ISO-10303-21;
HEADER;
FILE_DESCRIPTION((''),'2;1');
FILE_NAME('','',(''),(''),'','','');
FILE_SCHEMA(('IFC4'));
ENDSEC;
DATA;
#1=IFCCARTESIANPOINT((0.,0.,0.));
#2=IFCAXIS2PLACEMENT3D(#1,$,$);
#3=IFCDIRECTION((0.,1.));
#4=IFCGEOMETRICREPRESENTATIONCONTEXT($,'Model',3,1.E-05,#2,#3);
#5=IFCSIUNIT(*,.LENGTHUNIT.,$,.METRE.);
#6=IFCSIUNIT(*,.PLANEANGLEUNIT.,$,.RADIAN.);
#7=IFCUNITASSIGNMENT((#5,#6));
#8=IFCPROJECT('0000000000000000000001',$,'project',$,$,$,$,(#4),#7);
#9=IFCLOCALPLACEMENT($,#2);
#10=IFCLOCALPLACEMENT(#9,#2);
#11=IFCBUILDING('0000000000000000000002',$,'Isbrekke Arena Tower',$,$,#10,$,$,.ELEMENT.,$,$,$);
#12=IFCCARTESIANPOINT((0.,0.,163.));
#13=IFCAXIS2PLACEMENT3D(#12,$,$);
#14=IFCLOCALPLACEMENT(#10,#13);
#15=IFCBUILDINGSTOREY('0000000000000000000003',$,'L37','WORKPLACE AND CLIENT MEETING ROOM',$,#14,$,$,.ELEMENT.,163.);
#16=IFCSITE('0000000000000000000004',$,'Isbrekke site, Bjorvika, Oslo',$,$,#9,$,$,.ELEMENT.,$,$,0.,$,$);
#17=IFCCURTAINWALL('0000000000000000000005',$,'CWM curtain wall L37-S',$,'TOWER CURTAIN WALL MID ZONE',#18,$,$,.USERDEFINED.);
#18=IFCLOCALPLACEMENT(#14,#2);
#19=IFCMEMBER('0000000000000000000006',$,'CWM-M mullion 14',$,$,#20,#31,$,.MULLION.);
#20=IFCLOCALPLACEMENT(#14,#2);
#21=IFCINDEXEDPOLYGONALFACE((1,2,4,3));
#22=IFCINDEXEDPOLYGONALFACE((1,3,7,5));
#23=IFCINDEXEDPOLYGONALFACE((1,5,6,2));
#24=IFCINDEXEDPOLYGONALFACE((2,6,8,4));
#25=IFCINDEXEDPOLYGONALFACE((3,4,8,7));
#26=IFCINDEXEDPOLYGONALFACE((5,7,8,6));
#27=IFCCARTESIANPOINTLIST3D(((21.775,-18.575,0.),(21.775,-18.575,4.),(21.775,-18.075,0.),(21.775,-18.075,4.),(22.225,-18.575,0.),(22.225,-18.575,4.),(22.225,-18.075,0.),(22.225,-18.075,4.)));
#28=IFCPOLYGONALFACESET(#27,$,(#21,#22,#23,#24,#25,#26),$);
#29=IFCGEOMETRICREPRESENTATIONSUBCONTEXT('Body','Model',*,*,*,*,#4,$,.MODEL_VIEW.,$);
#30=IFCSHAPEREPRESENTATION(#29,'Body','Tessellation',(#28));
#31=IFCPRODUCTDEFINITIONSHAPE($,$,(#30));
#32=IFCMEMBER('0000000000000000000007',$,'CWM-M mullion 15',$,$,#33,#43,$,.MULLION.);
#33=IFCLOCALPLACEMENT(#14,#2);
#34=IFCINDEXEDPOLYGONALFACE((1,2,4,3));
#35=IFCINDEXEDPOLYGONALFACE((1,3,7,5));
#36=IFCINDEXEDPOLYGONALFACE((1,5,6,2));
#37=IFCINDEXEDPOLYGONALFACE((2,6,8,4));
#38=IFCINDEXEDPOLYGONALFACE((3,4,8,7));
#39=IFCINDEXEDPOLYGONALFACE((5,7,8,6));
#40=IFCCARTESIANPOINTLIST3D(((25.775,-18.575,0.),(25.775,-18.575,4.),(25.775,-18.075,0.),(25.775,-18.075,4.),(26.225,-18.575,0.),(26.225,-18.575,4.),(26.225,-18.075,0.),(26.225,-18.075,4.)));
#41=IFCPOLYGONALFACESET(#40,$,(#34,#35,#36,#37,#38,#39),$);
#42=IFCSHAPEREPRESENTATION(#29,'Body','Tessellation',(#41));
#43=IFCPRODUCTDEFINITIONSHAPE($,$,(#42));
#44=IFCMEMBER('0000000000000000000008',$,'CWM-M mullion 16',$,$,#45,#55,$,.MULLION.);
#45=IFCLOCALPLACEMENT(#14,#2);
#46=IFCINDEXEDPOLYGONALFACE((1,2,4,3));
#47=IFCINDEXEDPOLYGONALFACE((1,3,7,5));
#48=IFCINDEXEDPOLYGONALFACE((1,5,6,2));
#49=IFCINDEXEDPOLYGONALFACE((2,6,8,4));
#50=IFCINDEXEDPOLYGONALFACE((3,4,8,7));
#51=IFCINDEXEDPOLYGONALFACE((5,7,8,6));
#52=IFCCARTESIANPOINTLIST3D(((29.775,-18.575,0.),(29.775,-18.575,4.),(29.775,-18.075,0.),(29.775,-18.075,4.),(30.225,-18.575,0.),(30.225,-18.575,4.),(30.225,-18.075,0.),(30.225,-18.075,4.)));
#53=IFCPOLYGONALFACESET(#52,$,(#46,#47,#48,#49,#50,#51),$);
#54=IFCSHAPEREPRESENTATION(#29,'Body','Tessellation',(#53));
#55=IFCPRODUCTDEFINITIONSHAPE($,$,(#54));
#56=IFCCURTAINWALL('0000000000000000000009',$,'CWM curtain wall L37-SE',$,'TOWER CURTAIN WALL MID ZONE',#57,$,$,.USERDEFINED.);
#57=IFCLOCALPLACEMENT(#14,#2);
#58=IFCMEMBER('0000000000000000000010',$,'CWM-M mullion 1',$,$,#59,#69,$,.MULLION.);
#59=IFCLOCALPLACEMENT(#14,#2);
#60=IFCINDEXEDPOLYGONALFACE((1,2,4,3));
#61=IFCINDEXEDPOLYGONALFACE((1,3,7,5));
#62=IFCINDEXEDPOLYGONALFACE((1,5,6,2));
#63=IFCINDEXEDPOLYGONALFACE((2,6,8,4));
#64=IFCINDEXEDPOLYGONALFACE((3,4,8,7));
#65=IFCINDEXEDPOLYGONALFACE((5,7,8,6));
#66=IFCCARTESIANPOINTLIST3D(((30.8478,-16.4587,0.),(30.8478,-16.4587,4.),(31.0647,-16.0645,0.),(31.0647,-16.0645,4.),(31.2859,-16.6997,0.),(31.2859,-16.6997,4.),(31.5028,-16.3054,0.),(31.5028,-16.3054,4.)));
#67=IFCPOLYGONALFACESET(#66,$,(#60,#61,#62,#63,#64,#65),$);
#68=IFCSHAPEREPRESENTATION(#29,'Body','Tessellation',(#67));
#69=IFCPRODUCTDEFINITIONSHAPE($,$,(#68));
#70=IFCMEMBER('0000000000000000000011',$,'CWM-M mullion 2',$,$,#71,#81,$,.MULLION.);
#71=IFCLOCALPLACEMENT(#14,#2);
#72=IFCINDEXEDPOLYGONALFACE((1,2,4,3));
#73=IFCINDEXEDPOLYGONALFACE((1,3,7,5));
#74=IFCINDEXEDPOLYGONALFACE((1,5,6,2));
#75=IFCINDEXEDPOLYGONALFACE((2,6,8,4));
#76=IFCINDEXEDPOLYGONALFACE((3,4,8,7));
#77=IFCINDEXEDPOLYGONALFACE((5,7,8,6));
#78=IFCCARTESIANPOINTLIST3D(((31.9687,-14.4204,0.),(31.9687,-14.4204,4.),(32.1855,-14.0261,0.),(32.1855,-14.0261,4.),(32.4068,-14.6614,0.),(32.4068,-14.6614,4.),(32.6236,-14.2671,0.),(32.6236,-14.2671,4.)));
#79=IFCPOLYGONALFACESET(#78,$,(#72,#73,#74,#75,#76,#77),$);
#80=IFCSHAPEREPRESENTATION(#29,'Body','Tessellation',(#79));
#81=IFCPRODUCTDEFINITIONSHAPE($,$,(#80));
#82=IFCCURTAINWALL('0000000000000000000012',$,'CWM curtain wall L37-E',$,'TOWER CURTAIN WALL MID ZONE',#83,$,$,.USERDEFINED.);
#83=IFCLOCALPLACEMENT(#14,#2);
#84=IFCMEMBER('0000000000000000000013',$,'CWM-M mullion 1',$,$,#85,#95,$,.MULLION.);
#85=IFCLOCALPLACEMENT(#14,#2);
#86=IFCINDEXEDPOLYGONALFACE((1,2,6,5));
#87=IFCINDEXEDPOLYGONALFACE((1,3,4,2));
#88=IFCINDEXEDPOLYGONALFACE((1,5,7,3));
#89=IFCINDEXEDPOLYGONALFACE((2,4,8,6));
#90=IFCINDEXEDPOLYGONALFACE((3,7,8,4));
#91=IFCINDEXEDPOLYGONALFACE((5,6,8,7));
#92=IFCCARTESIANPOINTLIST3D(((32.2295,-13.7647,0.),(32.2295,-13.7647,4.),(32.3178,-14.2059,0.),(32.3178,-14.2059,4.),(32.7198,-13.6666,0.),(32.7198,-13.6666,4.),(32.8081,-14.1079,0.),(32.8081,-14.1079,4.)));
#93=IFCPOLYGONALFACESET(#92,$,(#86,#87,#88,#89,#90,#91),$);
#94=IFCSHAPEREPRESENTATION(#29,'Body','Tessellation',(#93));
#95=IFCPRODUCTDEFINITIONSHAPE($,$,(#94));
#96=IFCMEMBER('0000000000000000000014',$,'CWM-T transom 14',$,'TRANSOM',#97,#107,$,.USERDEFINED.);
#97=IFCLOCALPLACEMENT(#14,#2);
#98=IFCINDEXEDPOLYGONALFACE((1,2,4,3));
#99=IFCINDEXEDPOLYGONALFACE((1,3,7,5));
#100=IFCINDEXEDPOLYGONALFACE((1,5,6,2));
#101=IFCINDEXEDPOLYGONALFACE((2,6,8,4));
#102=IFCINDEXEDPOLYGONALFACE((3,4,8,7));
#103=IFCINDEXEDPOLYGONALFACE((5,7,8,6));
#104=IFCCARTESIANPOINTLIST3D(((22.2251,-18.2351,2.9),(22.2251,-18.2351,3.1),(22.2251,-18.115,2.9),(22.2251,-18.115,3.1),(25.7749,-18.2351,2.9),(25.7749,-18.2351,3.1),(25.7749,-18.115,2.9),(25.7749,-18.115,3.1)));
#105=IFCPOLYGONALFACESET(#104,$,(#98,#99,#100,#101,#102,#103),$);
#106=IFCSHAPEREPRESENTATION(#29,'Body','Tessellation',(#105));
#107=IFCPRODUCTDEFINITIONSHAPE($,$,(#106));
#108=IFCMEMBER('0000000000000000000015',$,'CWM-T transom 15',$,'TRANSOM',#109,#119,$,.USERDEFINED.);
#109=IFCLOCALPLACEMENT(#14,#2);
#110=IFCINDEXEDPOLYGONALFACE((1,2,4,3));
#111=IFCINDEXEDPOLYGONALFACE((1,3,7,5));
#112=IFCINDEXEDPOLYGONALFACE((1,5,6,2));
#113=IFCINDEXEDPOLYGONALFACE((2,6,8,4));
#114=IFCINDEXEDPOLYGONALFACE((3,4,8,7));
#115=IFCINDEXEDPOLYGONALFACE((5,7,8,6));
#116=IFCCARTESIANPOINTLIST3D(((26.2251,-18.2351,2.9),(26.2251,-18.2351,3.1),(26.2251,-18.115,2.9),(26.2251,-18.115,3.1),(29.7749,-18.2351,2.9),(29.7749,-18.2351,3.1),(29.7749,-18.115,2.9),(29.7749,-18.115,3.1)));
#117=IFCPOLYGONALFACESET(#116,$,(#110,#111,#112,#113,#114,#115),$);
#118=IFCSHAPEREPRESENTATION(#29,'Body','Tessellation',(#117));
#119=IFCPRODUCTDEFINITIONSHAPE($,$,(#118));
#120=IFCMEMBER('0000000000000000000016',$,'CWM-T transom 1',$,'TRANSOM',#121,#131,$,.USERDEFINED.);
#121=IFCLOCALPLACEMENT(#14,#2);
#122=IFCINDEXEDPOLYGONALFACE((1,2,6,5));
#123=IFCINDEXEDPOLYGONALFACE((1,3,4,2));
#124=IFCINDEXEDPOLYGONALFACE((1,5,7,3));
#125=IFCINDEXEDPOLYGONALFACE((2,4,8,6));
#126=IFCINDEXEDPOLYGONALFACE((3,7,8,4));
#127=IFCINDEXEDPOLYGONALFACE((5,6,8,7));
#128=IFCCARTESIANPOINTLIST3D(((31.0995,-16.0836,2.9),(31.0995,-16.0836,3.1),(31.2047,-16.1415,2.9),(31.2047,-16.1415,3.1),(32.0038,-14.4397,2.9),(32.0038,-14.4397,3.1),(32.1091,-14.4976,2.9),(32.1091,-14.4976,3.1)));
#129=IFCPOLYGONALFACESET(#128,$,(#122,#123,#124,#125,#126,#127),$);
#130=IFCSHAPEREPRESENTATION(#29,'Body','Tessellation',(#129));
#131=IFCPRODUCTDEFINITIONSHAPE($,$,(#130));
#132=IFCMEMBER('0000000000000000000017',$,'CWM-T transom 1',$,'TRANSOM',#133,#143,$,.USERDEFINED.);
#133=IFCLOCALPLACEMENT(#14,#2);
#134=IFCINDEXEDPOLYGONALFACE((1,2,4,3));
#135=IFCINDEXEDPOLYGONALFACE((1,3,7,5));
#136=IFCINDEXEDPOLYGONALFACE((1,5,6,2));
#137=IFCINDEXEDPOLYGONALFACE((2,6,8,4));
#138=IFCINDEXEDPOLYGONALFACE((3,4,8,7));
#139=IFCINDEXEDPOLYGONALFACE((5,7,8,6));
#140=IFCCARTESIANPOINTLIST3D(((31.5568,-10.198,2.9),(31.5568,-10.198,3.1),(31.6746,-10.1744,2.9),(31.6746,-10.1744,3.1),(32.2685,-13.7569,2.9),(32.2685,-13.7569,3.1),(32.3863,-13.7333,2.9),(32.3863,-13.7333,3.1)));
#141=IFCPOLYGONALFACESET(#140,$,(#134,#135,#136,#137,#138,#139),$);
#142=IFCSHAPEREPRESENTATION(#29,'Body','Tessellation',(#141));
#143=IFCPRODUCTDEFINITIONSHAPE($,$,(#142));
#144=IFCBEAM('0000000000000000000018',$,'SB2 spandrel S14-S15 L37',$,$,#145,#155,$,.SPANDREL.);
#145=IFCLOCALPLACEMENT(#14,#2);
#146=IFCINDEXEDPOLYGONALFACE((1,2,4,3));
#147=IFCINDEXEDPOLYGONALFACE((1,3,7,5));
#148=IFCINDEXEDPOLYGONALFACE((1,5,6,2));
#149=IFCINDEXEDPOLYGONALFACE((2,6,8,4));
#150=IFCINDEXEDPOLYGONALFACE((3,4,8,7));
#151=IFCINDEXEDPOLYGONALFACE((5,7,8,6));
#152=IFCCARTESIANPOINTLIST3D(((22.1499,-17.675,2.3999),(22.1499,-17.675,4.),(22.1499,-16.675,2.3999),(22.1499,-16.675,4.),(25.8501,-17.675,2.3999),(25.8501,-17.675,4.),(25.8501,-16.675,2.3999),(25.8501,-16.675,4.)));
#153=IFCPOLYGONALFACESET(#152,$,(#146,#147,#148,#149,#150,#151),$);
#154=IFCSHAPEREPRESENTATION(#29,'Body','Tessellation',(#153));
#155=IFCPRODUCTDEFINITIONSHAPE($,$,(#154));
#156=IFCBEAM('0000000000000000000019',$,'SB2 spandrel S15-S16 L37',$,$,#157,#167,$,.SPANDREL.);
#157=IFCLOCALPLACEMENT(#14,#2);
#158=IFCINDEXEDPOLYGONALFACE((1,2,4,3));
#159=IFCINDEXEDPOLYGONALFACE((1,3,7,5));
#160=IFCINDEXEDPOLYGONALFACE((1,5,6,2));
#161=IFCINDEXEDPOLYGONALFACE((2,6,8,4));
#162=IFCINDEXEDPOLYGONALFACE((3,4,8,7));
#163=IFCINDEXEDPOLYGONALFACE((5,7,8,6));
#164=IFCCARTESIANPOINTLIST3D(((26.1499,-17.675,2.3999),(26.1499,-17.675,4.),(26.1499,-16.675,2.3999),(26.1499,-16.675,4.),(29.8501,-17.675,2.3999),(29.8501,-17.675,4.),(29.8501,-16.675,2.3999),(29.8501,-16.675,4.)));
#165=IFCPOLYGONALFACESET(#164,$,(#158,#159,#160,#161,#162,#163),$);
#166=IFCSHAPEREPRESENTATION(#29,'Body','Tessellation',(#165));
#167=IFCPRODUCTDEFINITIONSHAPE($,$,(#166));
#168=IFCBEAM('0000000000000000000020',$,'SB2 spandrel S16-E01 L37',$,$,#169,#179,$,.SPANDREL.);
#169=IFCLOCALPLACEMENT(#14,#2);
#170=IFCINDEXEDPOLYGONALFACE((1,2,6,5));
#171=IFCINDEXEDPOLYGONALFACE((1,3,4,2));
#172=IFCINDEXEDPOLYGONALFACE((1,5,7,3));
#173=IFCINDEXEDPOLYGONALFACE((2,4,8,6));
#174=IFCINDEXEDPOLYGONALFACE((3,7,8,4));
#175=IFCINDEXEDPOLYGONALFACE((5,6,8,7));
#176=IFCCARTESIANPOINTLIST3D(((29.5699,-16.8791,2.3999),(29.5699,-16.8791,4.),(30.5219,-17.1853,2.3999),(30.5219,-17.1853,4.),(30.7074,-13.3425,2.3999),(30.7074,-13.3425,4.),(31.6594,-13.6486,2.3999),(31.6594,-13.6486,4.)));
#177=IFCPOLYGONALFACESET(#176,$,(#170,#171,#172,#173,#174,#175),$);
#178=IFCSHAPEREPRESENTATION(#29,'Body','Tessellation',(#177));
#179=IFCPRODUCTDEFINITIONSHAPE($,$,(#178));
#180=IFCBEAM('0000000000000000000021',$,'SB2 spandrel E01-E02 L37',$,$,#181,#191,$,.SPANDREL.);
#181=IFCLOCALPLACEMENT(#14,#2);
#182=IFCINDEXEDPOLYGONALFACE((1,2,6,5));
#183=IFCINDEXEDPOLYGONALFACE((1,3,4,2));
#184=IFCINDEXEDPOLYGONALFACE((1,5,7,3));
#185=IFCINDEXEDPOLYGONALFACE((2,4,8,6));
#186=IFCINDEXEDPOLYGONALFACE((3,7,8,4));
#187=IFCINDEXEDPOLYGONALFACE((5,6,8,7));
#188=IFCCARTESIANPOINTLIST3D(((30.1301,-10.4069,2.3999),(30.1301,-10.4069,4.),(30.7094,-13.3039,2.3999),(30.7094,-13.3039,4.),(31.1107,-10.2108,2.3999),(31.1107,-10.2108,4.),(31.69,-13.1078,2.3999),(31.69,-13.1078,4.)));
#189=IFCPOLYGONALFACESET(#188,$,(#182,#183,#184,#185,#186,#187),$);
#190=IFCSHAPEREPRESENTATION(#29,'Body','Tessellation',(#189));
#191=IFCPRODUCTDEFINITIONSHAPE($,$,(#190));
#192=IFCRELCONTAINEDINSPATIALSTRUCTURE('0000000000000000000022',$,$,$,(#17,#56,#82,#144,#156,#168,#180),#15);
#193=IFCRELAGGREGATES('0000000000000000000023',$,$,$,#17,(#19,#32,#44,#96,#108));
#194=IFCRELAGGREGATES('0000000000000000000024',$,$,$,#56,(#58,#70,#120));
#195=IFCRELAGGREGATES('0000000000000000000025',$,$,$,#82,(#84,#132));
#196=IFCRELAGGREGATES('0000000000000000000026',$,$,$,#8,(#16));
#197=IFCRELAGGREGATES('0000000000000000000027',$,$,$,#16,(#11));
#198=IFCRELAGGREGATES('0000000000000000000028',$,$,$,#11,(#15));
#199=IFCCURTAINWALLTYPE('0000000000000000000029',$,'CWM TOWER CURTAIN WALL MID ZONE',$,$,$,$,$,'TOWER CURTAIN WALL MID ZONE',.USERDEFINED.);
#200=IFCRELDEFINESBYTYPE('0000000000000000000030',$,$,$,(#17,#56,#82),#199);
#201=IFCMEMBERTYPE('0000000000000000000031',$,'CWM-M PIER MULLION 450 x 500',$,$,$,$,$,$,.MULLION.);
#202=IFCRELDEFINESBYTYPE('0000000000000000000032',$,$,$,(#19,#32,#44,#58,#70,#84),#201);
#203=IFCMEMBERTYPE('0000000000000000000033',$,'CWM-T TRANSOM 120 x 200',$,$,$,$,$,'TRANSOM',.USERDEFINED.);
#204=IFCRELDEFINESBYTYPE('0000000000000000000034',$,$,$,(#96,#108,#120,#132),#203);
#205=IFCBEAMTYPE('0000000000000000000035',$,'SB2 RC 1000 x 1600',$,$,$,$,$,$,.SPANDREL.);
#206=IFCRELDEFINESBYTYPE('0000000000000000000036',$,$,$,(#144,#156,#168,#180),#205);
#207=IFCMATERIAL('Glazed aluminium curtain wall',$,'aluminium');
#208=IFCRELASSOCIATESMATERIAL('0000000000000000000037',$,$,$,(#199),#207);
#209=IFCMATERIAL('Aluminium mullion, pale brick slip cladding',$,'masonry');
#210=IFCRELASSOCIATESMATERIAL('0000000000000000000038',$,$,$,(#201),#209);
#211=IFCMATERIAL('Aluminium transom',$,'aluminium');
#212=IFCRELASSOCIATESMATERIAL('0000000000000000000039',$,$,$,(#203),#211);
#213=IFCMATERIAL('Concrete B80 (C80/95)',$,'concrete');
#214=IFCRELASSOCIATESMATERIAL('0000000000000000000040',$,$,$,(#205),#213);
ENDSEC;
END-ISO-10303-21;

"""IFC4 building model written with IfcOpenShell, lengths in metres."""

from ifc_helpers import new_model, si_unit, direction, frame, origin, origin_2d, place, context, subcontext, project, spatial, rectangle, extrude, material, material_profile, profile_set, type_object, element, aggregate, save


model = new_model("IFC4")

# Units and contexts
model_context = context("Model", 3, precision=1e-05, world=origin(), true_north=direction((0.0, 1.0)))
body_context = subcontext(model_context, "Body", "Model", "MODEL_VIEW")
ifc_project = project(units=[si_unit("LENGTHUNIT", "METRE"), si_unit("PLANEANGLEUNIT", "RADIAN")], contexts=[model_context])

# Site, building, storey
site_placement = place(None, origin())
site = spatial("IfcSite", under=ifc_project, at=site_placement, Name="Isbrekke site, Bjorvika, Oslo", CompositionType="ELEMENT", RefElevation=0.0)
building_placement = place(site_placement, origin())
building = spatial("IfcBuilding", under=site, at=building_placement, Name="Isbrekke Arena Tower", CompositionType="ELEMENT")
storey_placement = place(building_placement, frame((0.0, 0.0, 163.0)))
storey = spatial("IfcBuildingStorey", under=building, at=storey_placement, Name="L37", Description="WORKPLACE AND CLIENT MEETING ROOM", CompositionType="ELEMENT", Elevation=163.0)

# Curtain walls, members
ifc_material_1 = material(Name="Glazed aluminium curtain wall", Category="aluminium")
curtain_wall_type = type_object("IfcCurtainWallType", Name="CWM TOWER CURTAIN WALL MID ZONE", ElementType="TOWER CURTAIN WALL MID ZONE", PredefinedType="USERDEFINED", material=ifc_material_1)
curtain_wall_1_placement = place(storey_placement, origin())
curtain_wall_1 = element("IfcCurtainWall", 1, at=curtain_wall_1_placement, inside=storey, type_object=curtain_wall_type, Name="CWM curtain wall L37-S", ObjectType="TOWER CURTAIN WALL MID ZONE", PredefinedType="USERDEFINED")
ifc_material_2 = material(Name="Aluminium mullion, pale brick slip cladding", Category="masonry")
ifc_material_profile_1 = material_profile(ifc_material_2, rectangle(XDim=0.45, YDim=0.5, at=origin_2d()), Name="PIER 450X500")
ifc_profile_set_1 = profile_set([ifc_material_profile_1], Name="Aluminium mullion, pale brick slip cladding")
member_type_1 = type_object("IfcMemberType", Name="CWM-M PIER MULLION 450 x 500", PredefinedType="MULLION", material=ifc_profile_set_1)
member_1_placement = place(storey_placement, frame((22.0, -18.325, 0.0), z_axis=(0.0, 0.0, 1.0), x_axis=(1.0, 0.0, 0.0)))
member_1 = element("IfcMember", 2, at=member_1_placement, type_object=member_type_1, Name="CWM-M mullion 14", PredefinedType="MULLION", context=body_context, shape_type="SweptSolid", body=[
    extrude(rectangle(XDim=0.45, YDim=0.5, at=origin_2d()), origin(), (0.0, 0.0, 1.0), 4.0),
])
member_2_placement = place(storey_placement, frame((26.0, -18.325, 0.0), z_axis=(0.0, 0.0, 1.0), x_axis=(1.0, 0.0, 0.0)))
member_2 = element("IfcMember", 3, at=member_2_placement, type_object=member_type_1, Name="CWM-M mullion 15", PredefinedType="MULLION", context=body_context, shape_type="SweptSolid", body=[
    extrude(rectangle(XDim=0.45, YDim=0.5, at=origin_2d()), origin(), (0.0, 0.0, 1.0), 4.0),
])
member_3_placement = place(storey_placement, frame((30.0, -18.325, 0.0), z_axis=(0.0, 0.0, 1.0), x_axis=(1.0, 0.0, 0.0)))
member_3 = element("IfcMember", 4, at=member_3_placement, type_object=member_type_1, Name="CWM-M mullion 16", PredefinedType="MULLION", context=body_context, shape_type="SweptSolid", body=[
    extrude(rectangle(XDim=0.45, YDim=0.5, at=origin_2d()), origin(), (0.0, 0.0, 1.0), 4.0),
])
curtain_wall_2_placement = place(storey_placement, origin())
curtain_wall_2 = element("IfcCurtainWall", 5, at=curtain_wall_2_placement, inside=storey, type_object=curtain_wall_type, Name="CWM curtain wall L37-SE", ObjectType="TOWER CURTAIN WALL MID ZONE", PredefinedType="USERDEFINED")
member_4_placement = place(storey_placement, frame((31.1753, -16.3821, 0.0), z_axis=(0.0, 0.0, 1.0), x_axis=(0.481919, 0.876216, 0.0)))
member_4 = element("IfcMember", 6, at=member_4_placement, type_object=member_type_1, Name="CWM-M mullion 1", PredefinedType="MULLION", context=body_context, shape_type="SweptSolid", body=[
    extrude(rectangle(XDim=0.45, YDim=0.5, at=origin_2d()), origin(), (0.0, 0.0, 1.0), 4.0),
])
member_5_placement = place(storey_placement, frame((32.2961, -14.3438, 0.0), z_axis=(0.0, 0.0, 1.0), x_axis=(0.481919, 0.876216, 0.0)))
member_5 = element("IfcMember", 7, at=member_5_placement, type_object=member_type_1, Name="CWM-M mullion 2", PredefinedType="MULLION", context=body_context, shape_type="SweptSolid", body=[
    extrude(rectangle(XDim=0.45, YDim=0.5, at=origin_2d()), origin(), (0.0, 0.0, 1.0), 4.0),
])

# Curtain wall, member
curtain_wall_3_placement = place(storey_placement, origin())
curtain_wall_3 = element("IfcCurtainWall", 8, at=curtain_wall_3_placement, inside=storey, type_object=curtain_wall_type, Name="CWM curtain wall L37-E", ObjectType="TOWER CURTAIN WALL MID ZONE", PredefinedType="USERDEFINED")
member_6_placement = place(storey_placement, frame((32.5188, -13.9363, 0.0), z_axis=(0.0, 0.0, 1.0), x_axis=(-0.196116, 0.980581, 0.0)))
member_6 = element("IfcMember", 9, at=member_6_placement, type_object=member_type_1, Name="CWM-M mullion 1", PredefinedType="MULLION", context=body_context, shape_type="SweptSolid", body=[
    extrude(rectangle(XDim=0.45, YDim=0.5, at=origin_2d()), origin(), (0.0, 0.0, 1.0), 4.0),
])

# Members
ifc_material_3 = material(Name="Aluminium transom", Category="aluminium")
ifc_material_profile_2 = material_profile(ifc_material_3, rectangle(XDim=0.1201, YDim=0.2, at=origin_2d()), Name="TRANSOM 120X200")
ifc_profile_set_2 = profile_set([ifc_material_profile_2], Name="Aluminium transom")
member_type_2 = type_object("IfcMemberType", Name="CWM-T TRANSOM 120 x 200", ElementType="TRANSOM", PredefinedType="USERDEFINED", material=ifc_profile_set_2)
member_7_placement = place(storey_placement, frame((22.2251, -18.175, 3.0), z_axis=(1.0, 0.0, 0.0), x_axis=(0.0, 1.0, 0.0)))
member_7 = element("IfcMember", 10, at=member_7_placement, type_object=member_type_2, Name="CWM-T transom 14", ObjectType="TRANSOM", PredefinedType="USERDEFINED", context=body_context, shape_type="SweptSolid", body=[
    extrude(rectangle(XDim=0.1201, YDim=0.2, at=origin_2d()), origin(), (0.0, 0.0, 1.0), 3.5498),
])
member_8_placement = place(storey_placement, frame((26.2251, -18.175, 3.0), z_axis=(1.0, 0.0, 0.0), x_axis=(0.0, 1.0, 0.0)))
member_8 = element("IfcMember", 11, at=member_8_placement, type_object=member_type_2, Name="CWM-T transom 15", ObjectType="TRANSOM", PredefinedType="USERDEFINED", context=body_context, shape_type="SweptSolid", body=[
    extrude(rectangle(XDim=0.1201, YDim=0.2, at=origin_2d()), origin(), (0.0, 0.0, 1.0), 3.5498),
])
member_9_placement = place(storey_placement, frame((31.1521, -16.1125, 3.0), z_axis=(0.482004, 0.876169, 0.0), x_axis=(-0.876169, 0.482004, 0.0)))
member_9 = element("IfcMember", 12, at=member_9_placement, type_object=member_type_2, Name="CWM-T transom 1", ObjectType="TRANSOM", PredefinedType="USERDEFINED", context=body_context, shape_type="SweptSolid", body=[
    extrude(rectangle(XDim=0.1201, YDim=0.2, at=origin_2d()), origin(), (0.0, 0.0, 1.0), 1.8762),
])
member_10_placement = place(storey_placement, frame((32.3274, -13.7451, 3.0), z_axis=(-0.19609, 0.980586, 0.0), x_axis=(-0.980586, -0.19609, 0.0)))
member_10 = element("IfcMember", 13, at=member_10_placement, type_object=member_type_2, Name="CWM-T transom 1", ObjectType="TRANSOM", PredefinedType="USERDEFINED", context=body_context, shape_type="SweptSolid", body=[
    extrude(rectangle(XDim=0.1201, YDim=0.2, at=origin_2d()), origin(), (0.0, 0.0, 1.0), 3.6294),
])

# Beams
ifc_material_4 = material(Name="Concrete B80 (C80/95)", Category="concrete")
ifc_material_profile_3 = material_profile(ifc_material_4, rectangle(XDim=1.0, YDim=1.6001, at=origin_2d()), Name="RC 1000x1600")
ifc_profile_set_3 = profile_set([ifc_material_profile_3], Name="Concrete B80 (C80/95)")
beam_type_1 = type_object("IfcBeamType", Name="SB2 RC 1000 x 1600", PredefinedType="SPANDREL", material=ifc_profile_set_3)
for number, where, z_axis, x_axis, name in (
    (14, (22.1499, -17.175, 3.2), (1.0, 0.0, 0.0), (0.0, 1.0, 0.0), "SB2 spandrel S14-S15 L37"),
    (15, (26.1499, -17.175, 3.2), (1.0, 0.0, 0.0), (0.0, 1.0, 0.0), "SB2 spandrel S15-S16 L37"),
):
    element("IfcBeam", number, at=place(storey_placement, frame(where, z_axis=z_axis, x_axis=x_axis)), inside=storey, type_object=beam_type_1, Name=name, PredefinedType="SPANDREL", context=body_context, shape_type="SweptSolid", body=[
        extrude(rectangle(XDim=1.0, YDim=1.6001, at=origin_2d()), origin(), (0.0, 0.0, 1.0), 3.7002),
    ])
beam_1_placement = place(storey_placement, frame((30.0459, -17.0322, 3.2), z_axis=(0.306175, 0.951975, 0.0), x_axis=(-0.951975, 0.306175, 0.0)))
element("IfcBeam", 16, at=beam_1_placement, inside=storey, type_object=beam_type_1, Name="SB2 spandrel S16-E01 L37", PredefinedType="SPANDREL", context=body_context, shape_type="SweptSolid", body=[
    extrude(rectangle(XDim=1.0, YDim=1.6001, at=origin_2d()), origin(), (0.0, 0.0, 1.0), 3.7151),
])
beam_2_placement = place(storey_placement, frame((31.1997, -13.2058, 3.2), z_axis=(-0.1961, 0.980584, 0.0), x_axis=(-0.980584, -0.1961, 0.0)))
element("IfcBeam", 17, at=beam_2_placement, inside=storey, type_object=beam_type_1, Name="SB2 spandrel E01-E02 L37", PredefinedType="SPANDREL", context=body_context, shape_type="SweptSolid", body=[
    extrude(rectangle(XDim=1.0, YDim=1.6001, at=origin_2d()), origin(), (0.0, 0.0, 1.0), 2.9543),
])

aggregate(curtain_wall_1, [member_1, member_2, member_3, member_7, member_8])
aggregate(curtain_wall_2, [member_4, member_5, member_9])
aggregate(curtain_wall_3, [member_6, member_10])

save(model, "model.ifc")
